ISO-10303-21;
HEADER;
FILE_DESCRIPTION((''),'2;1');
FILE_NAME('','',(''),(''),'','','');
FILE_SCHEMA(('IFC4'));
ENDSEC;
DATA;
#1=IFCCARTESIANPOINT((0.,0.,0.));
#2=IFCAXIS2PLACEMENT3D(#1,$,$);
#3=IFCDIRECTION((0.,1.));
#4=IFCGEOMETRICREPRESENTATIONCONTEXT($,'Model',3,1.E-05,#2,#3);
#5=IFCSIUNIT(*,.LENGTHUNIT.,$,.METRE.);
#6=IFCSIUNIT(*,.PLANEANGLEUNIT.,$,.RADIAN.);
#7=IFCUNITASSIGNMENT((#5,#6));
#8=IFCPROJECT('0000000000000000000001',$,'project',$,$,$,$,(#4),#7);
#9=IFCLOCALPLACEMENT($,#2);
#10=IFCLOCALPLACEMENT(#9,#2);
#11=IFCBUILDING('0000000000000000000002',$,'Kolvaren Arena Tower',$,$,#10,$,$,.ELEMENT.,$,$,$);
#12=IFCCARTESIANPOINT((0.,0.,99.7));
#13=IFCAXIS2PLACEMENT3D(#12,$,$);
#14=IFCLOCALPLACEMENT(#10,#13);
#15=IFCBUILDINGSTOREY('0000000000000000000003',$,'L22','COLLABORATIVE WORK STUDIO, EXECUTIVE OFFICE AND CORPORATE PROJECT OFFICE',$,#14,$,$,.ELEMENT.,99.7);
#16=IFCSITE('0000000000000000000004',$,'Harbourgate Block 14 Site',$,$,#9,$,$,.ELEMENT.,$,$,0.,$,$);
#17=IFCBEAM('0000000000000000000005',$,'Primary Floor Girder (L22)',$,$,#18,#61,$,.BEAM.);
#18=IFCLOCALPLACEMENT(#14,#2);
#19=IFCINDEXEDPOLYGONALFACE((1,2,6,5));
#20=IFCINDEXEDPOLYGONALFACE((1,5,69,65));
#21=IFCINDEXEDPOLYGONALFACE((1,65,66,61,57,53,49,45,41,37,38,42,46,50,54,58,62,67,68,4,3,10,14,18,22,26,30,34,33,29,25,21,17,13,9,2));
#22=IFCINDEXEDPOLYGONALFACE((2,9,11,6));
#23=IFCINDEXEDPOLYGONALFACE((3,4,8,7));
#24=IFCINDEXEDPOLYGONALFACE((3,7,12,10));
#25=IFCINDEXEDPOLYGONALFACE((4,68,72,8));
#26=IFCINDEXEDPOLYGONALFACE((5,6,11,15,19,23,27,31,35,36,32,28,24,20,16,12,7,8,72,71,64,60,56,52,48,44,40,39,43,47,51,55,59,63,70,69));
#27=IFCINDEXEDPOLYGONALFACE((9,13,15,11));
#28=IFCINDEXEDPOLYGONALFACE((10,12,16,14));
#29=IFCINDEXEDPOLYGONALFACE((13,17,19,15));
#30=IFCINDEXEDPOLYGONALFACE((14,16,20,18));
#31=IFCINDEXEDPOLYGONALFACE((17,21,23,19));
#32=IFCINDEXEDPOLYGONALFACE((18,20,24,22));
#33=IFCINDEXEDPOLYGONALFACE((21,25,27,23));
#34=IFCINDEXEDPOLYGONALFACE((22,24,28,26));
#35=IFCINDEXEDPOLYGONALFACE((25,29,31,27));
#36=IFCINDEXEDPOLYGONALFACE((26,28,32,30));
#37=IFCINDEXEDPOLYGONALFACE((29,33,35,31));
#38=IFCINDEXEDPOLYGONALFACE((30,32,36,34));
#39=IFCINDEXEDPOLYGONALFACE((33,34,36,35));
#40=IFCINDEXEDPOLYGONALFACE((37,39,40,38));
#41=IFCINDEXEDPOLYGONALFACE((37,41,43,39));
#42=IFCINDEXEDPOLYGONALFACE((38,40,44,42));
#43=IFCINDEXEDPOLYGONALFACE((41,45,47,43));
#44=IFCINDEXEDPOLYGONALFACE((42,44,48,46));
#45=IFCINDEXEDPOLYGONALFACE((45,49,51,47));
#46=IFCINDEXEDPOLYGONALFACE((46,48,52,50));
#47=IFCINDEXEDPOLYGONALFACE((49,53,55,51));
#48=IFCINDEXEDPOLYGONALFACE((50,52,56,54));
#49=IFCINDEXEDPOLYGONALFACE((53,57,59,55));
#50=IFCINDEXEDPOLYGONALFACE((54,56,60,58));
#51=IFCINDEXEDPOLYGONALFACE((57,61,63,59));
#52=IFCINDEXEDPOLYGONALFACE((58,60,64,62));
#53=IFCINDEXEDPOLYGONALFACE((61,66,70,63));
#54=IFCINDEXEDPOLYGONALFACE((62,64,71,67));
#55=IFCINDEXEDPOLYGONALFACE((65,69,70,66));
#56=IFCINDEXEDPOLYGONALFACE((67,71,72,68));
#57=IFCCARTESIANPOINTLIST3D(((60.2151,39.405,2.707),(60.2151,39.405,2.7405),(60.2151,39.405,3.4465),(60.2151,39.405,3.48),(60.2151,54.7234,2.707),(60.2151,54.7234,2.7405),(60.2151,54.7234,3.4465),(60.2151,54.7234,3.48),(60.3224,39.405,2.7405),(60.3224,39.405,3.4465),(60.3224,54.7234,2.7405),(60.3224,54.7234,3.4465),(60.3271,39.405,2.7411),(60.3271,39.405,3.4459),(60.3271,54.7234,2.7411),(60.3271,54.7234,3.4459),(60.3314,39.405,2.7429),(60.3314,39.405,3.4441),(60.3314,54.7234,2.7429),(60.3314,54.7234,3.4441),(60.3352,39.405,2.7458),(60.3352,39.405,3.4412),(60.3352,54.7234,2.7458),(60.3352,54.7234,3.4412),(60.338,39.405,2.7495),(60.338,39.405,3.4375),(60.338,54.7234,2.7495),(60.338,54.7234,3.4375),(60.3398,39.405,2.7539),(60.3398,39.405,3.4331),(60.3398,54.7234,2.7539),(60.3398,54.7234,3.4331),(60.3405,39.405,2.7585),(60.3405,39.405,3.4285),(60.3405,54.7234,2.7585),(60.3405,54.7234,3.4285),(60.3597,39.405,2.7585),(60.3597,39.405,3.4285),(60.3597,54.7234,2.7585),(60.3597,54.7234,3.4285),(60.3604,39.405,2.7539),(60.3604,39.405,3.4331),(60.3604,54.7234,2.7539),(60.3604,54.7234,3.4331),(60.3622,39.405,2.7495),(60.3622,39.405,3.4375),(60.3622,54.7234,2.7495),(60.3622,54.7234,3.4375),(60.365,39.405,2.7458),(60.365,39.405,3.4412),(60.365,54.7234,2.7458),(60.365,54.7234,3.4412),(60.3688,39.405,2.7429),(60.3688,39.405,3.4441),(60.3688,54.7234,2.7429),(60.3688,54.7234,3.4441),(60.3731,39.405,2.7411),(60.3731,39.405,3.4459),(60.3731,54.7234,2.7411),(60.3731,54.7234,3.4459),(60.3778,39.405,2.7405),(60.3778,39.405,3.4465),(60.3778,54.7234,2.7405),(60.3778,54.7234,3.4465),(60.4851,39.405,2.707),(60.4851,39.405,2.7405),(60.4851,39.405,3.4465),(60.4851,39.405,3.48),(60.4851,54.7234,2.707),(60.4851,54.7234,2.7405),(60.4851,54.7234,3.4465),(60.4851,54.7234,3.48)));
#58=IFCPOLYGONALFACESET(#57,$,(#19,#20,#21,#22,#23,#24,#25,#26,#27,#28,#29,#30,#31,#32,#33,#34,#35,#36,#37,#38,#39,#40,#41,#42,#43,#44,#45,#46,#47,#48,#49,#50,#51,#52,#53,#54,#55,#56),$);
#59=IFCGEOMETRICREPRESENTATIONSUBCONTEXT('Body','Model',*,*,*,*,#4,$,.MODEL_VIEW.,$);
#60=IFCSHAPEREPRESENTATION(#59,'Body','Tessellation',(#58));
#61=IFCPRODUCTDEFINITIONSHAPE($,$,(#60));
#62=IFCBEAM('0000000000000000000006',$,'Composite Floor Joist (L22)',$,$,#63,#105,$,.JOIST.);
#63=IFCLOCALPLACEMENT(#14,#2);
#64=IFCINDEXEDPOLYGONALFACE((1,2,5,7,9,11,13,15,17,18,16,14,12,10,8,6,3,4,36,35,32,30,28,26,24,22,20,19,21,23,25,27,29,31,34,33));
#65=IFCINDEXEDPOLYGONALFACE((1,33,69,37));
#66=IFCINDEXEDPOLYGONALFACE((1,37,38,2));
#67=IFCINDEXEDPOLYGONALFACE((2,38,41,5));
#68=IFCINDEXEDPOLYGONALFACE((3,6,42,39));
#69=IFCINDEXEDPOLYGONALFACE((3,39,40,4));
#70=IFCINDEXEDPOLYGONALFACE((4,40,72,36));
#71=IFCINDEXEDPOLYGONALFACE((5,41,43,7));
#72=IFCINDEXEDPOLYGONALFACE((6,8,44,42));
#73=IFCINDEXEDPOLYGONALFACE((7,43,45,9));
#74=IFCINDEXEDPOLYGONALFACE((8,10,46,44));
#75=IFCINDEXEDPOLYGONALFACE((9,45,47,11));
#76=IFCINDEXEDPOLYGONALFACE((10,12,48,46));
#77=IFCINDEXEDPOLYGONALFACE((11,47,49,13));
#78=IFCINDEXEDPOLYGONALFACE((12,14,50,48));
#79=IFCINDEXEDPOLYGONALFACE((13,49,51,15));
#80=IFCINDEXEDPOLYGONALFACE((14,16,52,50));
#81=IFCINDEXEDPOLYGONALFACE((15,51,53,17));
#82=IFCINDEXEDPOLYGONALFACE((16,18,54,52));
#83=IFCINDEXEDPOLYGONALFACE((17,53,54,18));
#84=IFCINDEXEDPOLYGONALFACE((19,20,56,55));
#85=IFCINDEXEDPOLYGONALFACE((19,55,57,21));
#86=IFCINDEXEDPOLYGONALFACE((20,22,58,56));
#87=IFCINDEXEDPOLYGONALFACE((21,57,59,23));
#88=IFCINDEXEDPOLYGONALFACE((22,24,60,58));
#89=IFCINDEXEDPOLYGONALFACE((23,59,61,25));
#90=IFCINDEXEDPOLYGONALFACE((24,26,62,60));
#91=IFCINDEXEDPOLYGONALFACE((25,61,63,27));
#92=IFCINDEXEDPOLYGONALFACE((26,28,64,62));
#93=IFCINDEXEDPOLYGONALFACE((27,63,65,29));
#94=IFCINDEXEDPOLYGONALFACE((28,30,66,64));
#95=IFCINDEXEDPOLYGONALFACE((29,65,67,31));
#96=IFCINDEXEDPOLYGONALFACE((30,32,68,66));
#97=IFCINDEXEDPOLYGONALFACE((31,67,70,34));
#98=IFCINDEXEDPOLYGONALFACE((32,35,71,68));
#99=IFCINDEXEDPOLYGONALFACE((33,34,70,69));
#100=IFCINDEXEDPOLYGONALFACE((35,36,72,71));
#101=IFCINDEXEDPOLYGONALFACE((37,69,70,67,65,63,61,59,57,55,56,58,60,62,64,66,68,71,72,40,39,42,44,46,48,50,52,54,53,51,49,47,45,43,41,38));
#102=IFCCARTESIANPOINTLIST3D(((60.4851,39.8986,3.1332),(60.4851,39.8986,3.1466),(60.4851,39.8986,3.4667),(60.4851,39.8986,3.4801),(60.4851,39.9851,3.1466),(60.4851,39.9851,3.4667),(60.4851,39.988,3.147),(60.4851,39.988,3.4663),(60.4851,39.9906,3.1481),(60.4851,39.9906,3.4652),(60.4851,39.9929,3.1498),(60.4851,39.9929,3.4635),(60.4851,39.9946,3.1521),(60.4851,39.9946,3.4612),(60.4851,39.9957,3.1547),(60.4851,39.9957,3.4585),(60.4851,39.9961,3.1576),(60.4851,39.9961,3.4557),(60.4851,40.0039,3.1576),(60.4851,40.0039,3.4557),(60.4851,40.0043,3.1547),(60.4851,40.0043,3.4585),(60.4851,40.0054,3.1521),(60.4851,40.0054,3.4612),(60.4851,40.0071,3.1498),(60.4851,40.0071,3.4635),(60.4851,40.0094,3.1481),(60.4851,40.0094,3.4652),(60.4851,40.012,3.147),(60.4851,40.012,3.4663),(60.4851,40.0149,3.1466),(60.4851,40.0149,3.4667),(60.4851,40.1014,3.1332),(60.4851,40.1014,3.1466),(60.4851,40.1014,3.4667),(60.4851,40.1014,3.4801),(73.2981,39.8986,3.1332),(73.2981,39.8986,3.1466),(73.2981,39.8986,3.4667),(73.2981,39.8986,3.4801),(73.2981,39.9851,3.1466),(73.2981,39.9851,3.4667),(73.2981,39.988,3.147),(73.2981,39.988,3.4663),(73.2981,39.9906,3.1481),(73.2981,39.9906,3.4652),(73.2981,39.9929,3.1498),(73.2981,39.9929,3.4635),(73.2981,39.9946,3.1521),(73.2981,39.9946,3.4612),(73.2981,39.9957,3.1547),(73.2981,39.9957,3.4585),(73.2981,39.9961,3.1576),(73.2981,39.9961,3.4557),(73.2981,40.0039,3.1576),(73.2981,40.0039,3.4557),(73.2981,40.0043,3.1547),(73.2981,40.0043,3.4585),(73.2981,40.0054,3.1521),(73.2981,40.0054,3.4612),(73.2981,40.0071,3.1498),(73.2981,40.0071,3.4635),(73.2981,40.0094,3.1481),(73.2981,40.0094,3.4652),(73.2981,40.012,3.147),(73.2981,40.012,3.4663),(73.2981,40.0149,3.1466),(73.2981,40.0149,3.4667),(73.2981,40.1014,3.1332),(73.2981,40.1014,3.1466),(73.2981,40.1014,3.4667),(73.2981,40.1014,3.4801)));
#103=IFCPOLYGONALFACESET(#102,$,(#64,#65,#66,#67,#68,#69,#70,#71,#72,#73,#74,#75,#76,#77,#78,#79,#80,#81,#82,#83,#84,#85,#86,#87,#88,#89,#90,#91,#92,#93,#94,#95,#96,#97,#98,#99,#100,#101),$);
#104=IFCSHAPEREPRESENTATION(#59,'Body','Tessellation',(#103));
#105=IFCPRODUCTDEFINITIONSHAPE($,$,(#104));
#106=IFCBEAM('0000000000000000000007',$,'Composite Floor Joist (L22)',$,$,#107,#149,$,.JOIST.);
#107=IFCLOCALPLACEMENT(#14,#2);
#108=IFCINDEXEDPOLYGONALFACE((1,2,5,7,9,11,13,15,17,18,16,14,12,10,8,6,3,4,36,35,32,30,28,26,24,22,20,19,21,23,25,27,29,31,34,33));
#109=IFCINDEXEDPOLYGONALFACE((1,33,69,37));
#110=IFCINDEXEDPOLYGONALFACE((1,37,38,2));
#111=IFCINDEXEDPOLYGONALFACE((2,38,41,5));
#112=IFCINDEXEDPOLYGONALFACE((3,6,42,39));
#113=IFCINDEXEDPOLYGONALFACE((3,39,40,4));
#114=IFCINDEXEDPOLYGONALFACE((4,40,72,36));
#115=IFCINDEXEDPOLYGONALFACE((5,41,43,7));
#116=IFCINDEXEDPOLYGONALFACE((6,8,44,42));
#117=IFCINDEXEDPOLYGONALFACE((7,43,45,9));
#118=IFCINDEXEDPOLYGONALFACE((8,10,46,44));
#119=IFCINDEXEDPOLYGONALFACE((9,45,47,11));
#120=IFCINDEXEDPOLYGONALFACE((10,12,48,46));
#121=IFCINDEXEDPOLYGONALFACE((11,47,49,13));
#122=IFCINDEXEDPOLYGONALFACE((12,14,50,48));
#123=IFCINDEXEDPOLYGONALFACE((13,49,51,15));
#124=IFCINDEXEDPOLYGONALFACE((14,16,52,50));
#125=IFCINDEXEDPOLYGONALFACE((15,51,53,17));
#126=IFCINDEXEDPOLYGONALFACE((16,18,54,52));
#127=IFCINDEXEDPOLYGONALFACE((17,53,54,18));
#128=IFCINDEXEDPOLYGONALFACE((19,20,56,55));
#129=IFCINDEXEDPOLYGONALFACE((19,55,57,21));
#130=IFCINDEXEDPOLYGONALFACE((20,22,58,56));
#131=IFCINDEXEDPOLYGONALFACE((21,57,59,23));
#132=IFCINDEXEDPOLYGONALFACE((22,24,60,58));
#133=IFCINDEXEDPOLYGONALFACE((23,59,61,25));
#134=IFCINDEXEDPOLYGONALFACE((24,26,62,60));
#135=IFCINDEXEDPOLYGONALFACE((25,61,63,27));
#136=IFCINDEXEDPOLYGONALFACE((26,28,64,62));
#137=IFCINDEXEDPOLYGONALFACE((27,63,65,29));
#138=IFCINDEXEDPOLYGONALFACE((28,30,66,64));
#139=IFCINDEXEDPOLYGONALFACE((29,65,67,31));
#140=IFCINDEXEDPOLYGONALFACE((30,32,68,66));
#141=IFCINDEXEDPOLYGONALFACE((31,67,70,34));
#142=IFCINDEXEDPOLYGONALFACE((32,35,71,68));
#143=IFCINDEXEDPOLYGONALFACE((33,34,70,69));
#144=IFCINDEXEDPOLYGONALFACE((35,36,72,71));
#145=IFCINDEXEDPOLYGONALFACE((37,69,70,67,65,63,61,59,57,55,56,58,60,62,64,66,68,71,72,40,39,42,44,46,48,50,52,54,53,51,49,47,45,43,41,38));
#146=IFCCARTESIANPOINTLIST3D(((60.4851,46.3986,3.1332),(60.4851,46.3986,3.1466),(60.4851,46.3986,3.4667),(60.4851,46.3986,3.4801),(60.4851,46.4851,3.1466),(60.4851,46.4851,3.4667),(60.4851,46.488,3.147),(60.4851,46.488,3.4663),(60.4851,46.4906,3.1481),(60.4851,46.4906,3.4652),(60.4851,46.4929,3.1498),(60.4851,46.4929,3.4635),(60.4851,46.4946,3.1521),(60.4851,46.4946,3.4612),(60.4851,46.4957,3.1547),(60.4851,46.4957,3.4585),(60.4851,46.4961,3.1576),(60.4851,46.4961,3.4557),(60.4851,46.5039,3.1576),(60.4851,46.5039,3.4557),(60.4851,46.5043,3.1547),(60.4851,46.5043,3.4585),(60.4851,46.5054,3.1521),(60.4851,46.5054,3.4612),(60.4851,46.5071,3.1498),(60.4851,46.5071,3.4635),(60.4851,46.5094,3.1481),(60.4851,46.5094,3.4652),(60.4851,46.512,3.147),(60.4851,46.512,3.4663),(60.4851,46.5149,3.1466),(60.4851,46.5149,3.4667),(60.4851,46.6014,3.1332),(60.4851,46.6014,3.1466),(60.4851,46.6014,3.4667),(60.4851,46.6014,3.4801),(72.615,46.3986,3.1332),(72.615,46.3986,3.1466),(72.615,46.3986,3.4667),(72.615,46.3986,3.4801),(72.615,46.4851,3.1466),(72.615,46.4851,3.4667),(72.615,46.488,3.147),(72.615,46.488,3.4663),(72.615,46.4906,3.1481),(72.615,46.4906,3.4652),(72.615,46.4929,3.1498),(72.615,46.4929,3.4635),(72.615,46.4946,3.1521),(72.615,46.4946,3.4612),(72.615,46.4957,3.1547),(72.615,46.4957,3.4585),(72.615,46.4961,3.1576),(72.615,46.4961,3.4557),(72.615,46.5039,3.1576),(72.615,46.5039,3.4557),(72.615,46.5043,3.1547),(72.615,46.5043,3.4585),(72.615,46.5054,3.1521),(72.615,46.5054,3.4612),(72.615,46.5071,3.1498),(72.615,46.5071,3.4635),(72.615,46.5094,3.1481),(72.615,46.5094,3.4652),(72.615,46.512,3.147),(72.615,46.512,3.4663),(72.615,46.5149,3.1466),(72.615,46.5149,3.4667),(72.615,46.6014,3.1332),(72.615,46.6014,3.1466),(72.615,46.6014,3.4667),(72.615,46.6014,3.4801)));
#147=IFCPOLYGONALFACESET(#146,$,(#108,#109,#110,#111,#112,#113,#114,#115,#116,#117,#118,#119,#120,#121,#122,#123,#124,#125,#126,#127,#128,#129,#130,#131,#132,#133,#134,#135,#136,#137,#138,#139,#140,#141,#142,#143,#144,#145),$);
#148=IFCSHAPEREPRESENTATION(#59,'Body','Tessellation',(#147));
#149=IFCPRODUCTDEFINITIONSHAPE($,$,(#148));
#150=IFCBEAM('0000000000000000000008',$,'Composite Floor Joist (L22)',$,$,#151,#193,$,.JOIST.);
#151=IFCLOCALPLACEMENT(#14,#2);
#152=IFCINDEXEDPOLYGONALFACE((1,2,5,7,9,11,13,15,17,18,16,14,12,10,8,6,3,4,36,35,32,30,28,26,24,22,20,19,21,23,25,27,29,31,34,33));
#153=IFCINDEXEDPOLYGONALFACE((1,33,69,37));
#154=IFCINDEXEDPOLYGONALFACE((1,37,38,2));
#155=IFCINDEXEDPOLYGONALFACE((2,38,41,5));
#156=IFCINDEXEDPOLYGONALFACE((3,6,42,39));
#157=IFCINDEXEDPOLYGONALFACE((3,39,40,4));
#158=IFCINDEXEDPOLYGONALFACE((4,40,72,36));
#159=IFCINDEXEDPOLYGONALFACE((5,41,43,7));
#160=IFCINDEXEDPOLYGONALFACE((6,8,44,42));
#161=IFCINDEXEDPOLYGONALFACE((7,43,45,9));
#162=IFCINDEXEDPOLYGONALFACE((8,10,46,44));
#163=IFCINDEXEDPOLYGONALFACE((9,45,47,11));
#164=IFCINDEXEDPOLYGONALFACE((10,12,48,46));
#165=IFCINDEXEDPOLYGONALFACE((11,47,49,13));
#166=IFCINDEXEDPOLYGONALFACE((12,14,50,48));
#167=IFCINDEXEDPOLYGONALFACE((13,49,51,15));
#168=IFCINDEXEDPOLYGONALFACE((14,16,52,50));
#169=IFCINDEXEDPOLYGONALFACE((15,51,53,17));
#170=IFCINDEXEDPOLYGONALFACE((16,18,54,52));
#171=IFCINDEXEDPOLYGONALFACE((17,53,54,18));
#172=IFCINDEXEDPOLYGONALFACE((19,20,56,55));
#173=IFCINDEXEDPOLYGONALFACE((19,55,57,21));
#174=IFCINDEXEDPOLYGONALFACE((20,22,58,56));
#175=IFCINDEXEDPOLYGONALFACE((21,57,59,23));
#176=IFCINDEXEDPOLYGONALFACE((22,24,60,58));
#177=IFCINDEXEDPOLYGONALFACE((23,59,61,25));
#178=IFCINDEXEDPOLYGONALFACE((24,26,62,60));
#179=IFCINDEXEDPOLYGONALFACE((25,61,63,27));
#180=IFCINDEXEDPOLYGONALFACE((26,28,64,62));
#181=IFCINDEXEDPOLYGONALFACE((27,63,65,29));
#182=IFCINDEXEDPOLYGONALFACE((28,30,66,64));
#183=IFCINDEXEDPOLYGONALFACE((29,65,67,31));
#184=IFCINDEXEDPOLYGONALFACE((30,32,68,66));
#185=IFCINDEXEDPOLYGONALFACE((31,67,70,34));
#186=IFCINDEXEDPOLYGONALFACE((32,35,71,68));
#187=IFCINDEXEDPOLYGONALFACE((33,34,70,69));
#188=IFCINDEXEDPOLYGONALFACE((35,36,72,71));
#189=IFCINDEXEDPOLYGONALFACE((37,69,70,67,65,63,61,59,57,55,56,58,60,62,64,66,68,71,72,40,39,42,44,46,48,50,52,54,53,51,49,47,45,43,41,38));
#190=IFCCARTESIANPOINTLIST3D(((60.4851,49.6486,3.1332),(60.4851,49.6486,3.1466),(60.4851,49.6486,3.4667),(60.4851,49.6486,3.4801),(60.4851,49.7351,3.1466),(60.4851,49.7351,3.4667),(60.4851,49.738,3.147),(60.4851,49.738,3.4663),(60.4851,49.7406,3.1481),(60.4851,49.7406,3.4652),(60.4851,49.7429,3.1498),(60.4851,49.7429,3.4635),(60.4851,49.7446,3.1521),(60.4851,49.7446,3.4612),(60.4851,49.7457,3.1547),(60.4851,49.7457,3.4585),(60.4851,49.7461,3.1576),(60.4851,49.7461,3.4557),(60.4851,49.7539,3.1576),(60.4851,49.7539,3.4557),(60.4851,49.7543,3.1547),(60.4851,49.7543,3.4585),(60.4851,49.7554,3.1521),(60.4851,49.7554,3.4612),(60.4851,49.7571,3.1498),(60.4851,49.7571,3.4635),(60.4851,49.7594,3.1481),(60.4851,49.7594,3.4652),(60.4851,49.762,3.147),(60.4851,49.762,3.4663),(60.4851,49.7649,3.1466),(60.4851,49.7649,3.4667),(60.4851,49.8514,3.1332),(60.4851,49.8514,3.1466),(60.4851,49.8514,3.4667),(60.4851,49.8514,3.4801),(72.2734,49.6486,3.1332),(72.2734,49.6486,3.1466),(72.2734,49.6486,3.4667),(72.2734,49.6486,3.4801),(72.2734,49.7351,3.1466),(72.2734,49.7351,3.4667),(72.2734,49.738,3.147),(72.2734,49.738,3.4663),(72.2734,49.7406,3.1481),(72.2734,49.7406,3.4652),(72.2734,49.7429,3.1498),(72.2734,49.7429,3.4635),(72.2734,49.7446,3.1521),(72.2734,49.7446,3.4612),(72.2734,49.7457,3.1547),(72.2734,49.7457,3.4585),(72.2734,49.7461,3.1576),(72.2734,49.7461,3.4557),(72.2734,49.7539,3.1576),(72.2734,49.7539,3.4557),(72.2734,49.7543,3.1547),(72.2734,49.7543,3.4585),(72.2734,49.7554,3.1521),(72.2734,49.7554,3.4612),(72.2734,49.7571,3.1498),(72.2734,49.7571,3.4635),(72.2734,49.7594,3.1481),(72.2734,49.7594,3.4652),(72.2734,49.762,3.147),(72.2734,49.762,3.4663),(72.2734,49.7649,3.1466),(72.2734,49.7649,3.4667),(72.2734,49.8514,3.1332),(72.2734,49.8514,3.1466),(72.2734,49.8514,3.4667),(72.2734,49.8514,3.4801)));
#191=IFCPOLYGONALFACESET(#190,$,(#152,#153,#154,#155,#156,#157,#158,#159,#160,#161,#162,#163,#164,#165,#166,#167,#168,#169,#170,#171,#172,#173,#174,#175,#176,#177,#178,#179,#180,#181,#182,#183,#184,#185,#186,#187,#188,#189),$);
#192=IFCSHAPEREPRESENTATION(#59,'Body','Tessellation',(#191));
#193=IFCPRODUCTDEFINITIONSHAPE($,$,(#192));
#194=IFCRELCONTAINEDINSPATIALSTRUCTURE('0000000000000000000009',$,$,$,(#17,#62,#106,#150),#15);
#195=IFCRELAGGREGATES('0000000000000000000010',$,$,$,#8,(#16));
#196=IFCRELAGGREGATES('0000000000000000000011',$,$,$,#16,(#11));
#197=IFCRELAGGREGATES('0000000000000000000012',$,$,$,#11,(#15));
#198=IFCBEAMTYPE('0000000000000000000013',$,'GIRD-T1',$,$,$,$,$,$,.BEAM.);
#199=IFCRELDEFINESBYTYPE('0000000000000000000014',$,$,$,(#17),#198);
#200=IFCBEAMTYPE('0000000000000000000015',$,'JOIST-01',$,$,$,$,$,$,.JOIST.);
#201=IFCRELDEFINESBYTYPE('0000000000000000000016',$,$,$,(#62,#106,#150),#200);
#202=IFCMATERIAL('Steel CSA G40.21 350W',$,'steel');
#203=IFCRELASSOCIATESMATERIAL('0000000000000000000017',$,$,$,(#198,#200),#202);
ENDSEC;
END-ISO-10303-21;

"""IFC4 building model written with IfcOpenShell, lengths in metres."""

from ifc_helpers import new_model, si_unit, direction, frame, origin, origin_2d, place, context, subcontext, project, spatial, i_section, extrude, material, material_profile, profile_set, type_object, element, save


model = new_model("IFC4")

# Units and contexts
model_context = context("Model", 3, precision=1e-05, world=origin(), true_north=direction((0.0, 1.0)))
body_context = subcontext(model_context, "Body", "Model", "MODEL_VIEW")
ifc_project = project(units=[si_unit("LENGTHUNIT", "METRE"), si_unit("PLANEANGLEUNIT", "RADIAN")], contexts=[model_context])

# Site, building, storey
site_placement = place(None, origin())
site = spatial("IfcSite", under=ifc_project, at=site_placement, Name="Harbourgate Block 14 Site", CompositionType="ELEMENT", RefElevation=0.0)
building_placement = place(site_placement, origin())
building = spatial("IfcBuilding", under=site, at=building_placement, Name="Kolvaren Arena Tower", CompositionType="ELEMENT")
storey_placement = place(building_placement, frame((0.0, 0.0, 99.7)))
storey = spatial("IfcBuildingStorey", under=building, at=storey_placement, Name="L22", Description="COLLABORATIVE WORK STUDIO, EXECUTIVE OFFICE AND CORPORATE PROJECT OFFICE", CompositionType="ELEMENT", Elevation=99.7)

# Beams
ifc_material_1 = material(Name="Steel CSA G40.21 350W", Category="steel")
ifc_material_profile_1 = material_profile(ifc_material_1, i_section(OverallWidth=0.27, OverallDepth=0.7729, WebThickness=0.0193, FlangeThickness=0.0334, FilletRadius=0.0181, at=origin_2d()), Name="W760x257")
ifc_profile_set_1 = profile_set([ifc_material_profile_1], Name="Steel CSA G40.21 350W")
beam_type_1 = type_object("IfcBeamType", Name="GIRD-T1", PredefinedType="BEAM", material=ifc_profile_set_1)
beam_1_placement = place(storey_placement, frame((60.3501, 39.405, 3.0935), z_axis=(0.0, 1.0, 0.0), x_axis=(-1.0, 0.0, 0.0)))
element("IfcBeam", 1, at=beam_1_placement, inside=storey, type_object=beam_type_1, Name="Primary Floor Girder (L22)", PredefinedType="BEAM", context=body_context, shape_type="SweptSolid", body=[
    extrude(i_section(OverallWidth=0.27, OverallDepth=0.7729, WebThickness=0.0193, FlangeThickness=0.0334, FilletRadius=0.0181, at=origin_2d()), origin(), (0.0, 0.0, 1.0), 15.3184),
])
ifc_material_profile_2 = material_profile(ifc_material_1, i_section(OverallWidth=0.2029, OverallDepth=0.3469, WebThickness=0.0078, FlangeThickness=0.0134, FilletRadius=0.011, at=origin_2d()), Name="W360x64")
ifc_profile_set_2 = profile_set([ifc_material_profile_2], Name="Steel CSA G40.21 350W")
beam_type_2 = type_object("IfcBeamType", Name="JOIST-01", PredefinedType="JOIST", material=ifc_profile_set_2)
beam_2_placement = place(storey_placement, frame((60.4851, 40.0, 3.3066), z_axis=(1.0, 0.0, 0.0), x_axis=(0.0, 1.0, 0.0)))
element("IfcBeam", 2, at=beam_2_placement, inside=storey, type_object=beam_type_2, Name="Composite Floor Joist (L22)", PredefinedType="JOIST", context=body_context, shape_type="SweptSolid", body=[
    extrude(i_section(OverallWidth=0.2029, OverallDepth=0.3469, WebThickness=0.0078, FlangeThickness=0.0134, FilletRadius=0.011, at=origin_2d()), origin(), (0.0, 0.0, 1.0), 12.813),
])
beam_3_placement = place(storey_placement, frame((60.4851, 46.5, 3.3066), z_axis=(1.0, 0.0, 0.0), x_axis=(0.0, 1.0, 0.0)))
element("IfcBeam", 3, at=beam_3_placement, inside=storey, type_object=beam_type_2, Name="Composite Floor Joist (L22)", PredefinedType="JOIST", context=body_context, shape_type="SweptSolid", body=[
    extrude(i_section(OverallWidth=0.2029, OverallDepth=0.3469, WebThickness=0.0078, FlangeThickness=0.0134, FilletRadius=0.011, at=origin_2d()), origin(), (0.0, 0.0, 1.0), 12.1299),
])
beam_4_placement = place(storey_placement, frame((60.4851, 49.75, 3.3066), z_axis=(1.0, 0.0, 0.0), x_axis=(0.0, 1.0, 0.0)))
element("IfcBeam", 4, at=beam_4_placement, inside=storey, type_object=beam_type_2, Name="Composite Floor Joist (L22)", PredefinedType="JOIST", context=body_context, shape_type="SweptSolid", body=[
    extrude(i_section(OverallWidth=0.2029, OverallDepth=0.3469, WebThickness=0.0078, FlangeThickness=0.0134, FilletRadius=0.011, at=origin_2d()), origin(), (0.0, 0.0, 1.0), 11.7883),
])

save(model, "model.ifc")
